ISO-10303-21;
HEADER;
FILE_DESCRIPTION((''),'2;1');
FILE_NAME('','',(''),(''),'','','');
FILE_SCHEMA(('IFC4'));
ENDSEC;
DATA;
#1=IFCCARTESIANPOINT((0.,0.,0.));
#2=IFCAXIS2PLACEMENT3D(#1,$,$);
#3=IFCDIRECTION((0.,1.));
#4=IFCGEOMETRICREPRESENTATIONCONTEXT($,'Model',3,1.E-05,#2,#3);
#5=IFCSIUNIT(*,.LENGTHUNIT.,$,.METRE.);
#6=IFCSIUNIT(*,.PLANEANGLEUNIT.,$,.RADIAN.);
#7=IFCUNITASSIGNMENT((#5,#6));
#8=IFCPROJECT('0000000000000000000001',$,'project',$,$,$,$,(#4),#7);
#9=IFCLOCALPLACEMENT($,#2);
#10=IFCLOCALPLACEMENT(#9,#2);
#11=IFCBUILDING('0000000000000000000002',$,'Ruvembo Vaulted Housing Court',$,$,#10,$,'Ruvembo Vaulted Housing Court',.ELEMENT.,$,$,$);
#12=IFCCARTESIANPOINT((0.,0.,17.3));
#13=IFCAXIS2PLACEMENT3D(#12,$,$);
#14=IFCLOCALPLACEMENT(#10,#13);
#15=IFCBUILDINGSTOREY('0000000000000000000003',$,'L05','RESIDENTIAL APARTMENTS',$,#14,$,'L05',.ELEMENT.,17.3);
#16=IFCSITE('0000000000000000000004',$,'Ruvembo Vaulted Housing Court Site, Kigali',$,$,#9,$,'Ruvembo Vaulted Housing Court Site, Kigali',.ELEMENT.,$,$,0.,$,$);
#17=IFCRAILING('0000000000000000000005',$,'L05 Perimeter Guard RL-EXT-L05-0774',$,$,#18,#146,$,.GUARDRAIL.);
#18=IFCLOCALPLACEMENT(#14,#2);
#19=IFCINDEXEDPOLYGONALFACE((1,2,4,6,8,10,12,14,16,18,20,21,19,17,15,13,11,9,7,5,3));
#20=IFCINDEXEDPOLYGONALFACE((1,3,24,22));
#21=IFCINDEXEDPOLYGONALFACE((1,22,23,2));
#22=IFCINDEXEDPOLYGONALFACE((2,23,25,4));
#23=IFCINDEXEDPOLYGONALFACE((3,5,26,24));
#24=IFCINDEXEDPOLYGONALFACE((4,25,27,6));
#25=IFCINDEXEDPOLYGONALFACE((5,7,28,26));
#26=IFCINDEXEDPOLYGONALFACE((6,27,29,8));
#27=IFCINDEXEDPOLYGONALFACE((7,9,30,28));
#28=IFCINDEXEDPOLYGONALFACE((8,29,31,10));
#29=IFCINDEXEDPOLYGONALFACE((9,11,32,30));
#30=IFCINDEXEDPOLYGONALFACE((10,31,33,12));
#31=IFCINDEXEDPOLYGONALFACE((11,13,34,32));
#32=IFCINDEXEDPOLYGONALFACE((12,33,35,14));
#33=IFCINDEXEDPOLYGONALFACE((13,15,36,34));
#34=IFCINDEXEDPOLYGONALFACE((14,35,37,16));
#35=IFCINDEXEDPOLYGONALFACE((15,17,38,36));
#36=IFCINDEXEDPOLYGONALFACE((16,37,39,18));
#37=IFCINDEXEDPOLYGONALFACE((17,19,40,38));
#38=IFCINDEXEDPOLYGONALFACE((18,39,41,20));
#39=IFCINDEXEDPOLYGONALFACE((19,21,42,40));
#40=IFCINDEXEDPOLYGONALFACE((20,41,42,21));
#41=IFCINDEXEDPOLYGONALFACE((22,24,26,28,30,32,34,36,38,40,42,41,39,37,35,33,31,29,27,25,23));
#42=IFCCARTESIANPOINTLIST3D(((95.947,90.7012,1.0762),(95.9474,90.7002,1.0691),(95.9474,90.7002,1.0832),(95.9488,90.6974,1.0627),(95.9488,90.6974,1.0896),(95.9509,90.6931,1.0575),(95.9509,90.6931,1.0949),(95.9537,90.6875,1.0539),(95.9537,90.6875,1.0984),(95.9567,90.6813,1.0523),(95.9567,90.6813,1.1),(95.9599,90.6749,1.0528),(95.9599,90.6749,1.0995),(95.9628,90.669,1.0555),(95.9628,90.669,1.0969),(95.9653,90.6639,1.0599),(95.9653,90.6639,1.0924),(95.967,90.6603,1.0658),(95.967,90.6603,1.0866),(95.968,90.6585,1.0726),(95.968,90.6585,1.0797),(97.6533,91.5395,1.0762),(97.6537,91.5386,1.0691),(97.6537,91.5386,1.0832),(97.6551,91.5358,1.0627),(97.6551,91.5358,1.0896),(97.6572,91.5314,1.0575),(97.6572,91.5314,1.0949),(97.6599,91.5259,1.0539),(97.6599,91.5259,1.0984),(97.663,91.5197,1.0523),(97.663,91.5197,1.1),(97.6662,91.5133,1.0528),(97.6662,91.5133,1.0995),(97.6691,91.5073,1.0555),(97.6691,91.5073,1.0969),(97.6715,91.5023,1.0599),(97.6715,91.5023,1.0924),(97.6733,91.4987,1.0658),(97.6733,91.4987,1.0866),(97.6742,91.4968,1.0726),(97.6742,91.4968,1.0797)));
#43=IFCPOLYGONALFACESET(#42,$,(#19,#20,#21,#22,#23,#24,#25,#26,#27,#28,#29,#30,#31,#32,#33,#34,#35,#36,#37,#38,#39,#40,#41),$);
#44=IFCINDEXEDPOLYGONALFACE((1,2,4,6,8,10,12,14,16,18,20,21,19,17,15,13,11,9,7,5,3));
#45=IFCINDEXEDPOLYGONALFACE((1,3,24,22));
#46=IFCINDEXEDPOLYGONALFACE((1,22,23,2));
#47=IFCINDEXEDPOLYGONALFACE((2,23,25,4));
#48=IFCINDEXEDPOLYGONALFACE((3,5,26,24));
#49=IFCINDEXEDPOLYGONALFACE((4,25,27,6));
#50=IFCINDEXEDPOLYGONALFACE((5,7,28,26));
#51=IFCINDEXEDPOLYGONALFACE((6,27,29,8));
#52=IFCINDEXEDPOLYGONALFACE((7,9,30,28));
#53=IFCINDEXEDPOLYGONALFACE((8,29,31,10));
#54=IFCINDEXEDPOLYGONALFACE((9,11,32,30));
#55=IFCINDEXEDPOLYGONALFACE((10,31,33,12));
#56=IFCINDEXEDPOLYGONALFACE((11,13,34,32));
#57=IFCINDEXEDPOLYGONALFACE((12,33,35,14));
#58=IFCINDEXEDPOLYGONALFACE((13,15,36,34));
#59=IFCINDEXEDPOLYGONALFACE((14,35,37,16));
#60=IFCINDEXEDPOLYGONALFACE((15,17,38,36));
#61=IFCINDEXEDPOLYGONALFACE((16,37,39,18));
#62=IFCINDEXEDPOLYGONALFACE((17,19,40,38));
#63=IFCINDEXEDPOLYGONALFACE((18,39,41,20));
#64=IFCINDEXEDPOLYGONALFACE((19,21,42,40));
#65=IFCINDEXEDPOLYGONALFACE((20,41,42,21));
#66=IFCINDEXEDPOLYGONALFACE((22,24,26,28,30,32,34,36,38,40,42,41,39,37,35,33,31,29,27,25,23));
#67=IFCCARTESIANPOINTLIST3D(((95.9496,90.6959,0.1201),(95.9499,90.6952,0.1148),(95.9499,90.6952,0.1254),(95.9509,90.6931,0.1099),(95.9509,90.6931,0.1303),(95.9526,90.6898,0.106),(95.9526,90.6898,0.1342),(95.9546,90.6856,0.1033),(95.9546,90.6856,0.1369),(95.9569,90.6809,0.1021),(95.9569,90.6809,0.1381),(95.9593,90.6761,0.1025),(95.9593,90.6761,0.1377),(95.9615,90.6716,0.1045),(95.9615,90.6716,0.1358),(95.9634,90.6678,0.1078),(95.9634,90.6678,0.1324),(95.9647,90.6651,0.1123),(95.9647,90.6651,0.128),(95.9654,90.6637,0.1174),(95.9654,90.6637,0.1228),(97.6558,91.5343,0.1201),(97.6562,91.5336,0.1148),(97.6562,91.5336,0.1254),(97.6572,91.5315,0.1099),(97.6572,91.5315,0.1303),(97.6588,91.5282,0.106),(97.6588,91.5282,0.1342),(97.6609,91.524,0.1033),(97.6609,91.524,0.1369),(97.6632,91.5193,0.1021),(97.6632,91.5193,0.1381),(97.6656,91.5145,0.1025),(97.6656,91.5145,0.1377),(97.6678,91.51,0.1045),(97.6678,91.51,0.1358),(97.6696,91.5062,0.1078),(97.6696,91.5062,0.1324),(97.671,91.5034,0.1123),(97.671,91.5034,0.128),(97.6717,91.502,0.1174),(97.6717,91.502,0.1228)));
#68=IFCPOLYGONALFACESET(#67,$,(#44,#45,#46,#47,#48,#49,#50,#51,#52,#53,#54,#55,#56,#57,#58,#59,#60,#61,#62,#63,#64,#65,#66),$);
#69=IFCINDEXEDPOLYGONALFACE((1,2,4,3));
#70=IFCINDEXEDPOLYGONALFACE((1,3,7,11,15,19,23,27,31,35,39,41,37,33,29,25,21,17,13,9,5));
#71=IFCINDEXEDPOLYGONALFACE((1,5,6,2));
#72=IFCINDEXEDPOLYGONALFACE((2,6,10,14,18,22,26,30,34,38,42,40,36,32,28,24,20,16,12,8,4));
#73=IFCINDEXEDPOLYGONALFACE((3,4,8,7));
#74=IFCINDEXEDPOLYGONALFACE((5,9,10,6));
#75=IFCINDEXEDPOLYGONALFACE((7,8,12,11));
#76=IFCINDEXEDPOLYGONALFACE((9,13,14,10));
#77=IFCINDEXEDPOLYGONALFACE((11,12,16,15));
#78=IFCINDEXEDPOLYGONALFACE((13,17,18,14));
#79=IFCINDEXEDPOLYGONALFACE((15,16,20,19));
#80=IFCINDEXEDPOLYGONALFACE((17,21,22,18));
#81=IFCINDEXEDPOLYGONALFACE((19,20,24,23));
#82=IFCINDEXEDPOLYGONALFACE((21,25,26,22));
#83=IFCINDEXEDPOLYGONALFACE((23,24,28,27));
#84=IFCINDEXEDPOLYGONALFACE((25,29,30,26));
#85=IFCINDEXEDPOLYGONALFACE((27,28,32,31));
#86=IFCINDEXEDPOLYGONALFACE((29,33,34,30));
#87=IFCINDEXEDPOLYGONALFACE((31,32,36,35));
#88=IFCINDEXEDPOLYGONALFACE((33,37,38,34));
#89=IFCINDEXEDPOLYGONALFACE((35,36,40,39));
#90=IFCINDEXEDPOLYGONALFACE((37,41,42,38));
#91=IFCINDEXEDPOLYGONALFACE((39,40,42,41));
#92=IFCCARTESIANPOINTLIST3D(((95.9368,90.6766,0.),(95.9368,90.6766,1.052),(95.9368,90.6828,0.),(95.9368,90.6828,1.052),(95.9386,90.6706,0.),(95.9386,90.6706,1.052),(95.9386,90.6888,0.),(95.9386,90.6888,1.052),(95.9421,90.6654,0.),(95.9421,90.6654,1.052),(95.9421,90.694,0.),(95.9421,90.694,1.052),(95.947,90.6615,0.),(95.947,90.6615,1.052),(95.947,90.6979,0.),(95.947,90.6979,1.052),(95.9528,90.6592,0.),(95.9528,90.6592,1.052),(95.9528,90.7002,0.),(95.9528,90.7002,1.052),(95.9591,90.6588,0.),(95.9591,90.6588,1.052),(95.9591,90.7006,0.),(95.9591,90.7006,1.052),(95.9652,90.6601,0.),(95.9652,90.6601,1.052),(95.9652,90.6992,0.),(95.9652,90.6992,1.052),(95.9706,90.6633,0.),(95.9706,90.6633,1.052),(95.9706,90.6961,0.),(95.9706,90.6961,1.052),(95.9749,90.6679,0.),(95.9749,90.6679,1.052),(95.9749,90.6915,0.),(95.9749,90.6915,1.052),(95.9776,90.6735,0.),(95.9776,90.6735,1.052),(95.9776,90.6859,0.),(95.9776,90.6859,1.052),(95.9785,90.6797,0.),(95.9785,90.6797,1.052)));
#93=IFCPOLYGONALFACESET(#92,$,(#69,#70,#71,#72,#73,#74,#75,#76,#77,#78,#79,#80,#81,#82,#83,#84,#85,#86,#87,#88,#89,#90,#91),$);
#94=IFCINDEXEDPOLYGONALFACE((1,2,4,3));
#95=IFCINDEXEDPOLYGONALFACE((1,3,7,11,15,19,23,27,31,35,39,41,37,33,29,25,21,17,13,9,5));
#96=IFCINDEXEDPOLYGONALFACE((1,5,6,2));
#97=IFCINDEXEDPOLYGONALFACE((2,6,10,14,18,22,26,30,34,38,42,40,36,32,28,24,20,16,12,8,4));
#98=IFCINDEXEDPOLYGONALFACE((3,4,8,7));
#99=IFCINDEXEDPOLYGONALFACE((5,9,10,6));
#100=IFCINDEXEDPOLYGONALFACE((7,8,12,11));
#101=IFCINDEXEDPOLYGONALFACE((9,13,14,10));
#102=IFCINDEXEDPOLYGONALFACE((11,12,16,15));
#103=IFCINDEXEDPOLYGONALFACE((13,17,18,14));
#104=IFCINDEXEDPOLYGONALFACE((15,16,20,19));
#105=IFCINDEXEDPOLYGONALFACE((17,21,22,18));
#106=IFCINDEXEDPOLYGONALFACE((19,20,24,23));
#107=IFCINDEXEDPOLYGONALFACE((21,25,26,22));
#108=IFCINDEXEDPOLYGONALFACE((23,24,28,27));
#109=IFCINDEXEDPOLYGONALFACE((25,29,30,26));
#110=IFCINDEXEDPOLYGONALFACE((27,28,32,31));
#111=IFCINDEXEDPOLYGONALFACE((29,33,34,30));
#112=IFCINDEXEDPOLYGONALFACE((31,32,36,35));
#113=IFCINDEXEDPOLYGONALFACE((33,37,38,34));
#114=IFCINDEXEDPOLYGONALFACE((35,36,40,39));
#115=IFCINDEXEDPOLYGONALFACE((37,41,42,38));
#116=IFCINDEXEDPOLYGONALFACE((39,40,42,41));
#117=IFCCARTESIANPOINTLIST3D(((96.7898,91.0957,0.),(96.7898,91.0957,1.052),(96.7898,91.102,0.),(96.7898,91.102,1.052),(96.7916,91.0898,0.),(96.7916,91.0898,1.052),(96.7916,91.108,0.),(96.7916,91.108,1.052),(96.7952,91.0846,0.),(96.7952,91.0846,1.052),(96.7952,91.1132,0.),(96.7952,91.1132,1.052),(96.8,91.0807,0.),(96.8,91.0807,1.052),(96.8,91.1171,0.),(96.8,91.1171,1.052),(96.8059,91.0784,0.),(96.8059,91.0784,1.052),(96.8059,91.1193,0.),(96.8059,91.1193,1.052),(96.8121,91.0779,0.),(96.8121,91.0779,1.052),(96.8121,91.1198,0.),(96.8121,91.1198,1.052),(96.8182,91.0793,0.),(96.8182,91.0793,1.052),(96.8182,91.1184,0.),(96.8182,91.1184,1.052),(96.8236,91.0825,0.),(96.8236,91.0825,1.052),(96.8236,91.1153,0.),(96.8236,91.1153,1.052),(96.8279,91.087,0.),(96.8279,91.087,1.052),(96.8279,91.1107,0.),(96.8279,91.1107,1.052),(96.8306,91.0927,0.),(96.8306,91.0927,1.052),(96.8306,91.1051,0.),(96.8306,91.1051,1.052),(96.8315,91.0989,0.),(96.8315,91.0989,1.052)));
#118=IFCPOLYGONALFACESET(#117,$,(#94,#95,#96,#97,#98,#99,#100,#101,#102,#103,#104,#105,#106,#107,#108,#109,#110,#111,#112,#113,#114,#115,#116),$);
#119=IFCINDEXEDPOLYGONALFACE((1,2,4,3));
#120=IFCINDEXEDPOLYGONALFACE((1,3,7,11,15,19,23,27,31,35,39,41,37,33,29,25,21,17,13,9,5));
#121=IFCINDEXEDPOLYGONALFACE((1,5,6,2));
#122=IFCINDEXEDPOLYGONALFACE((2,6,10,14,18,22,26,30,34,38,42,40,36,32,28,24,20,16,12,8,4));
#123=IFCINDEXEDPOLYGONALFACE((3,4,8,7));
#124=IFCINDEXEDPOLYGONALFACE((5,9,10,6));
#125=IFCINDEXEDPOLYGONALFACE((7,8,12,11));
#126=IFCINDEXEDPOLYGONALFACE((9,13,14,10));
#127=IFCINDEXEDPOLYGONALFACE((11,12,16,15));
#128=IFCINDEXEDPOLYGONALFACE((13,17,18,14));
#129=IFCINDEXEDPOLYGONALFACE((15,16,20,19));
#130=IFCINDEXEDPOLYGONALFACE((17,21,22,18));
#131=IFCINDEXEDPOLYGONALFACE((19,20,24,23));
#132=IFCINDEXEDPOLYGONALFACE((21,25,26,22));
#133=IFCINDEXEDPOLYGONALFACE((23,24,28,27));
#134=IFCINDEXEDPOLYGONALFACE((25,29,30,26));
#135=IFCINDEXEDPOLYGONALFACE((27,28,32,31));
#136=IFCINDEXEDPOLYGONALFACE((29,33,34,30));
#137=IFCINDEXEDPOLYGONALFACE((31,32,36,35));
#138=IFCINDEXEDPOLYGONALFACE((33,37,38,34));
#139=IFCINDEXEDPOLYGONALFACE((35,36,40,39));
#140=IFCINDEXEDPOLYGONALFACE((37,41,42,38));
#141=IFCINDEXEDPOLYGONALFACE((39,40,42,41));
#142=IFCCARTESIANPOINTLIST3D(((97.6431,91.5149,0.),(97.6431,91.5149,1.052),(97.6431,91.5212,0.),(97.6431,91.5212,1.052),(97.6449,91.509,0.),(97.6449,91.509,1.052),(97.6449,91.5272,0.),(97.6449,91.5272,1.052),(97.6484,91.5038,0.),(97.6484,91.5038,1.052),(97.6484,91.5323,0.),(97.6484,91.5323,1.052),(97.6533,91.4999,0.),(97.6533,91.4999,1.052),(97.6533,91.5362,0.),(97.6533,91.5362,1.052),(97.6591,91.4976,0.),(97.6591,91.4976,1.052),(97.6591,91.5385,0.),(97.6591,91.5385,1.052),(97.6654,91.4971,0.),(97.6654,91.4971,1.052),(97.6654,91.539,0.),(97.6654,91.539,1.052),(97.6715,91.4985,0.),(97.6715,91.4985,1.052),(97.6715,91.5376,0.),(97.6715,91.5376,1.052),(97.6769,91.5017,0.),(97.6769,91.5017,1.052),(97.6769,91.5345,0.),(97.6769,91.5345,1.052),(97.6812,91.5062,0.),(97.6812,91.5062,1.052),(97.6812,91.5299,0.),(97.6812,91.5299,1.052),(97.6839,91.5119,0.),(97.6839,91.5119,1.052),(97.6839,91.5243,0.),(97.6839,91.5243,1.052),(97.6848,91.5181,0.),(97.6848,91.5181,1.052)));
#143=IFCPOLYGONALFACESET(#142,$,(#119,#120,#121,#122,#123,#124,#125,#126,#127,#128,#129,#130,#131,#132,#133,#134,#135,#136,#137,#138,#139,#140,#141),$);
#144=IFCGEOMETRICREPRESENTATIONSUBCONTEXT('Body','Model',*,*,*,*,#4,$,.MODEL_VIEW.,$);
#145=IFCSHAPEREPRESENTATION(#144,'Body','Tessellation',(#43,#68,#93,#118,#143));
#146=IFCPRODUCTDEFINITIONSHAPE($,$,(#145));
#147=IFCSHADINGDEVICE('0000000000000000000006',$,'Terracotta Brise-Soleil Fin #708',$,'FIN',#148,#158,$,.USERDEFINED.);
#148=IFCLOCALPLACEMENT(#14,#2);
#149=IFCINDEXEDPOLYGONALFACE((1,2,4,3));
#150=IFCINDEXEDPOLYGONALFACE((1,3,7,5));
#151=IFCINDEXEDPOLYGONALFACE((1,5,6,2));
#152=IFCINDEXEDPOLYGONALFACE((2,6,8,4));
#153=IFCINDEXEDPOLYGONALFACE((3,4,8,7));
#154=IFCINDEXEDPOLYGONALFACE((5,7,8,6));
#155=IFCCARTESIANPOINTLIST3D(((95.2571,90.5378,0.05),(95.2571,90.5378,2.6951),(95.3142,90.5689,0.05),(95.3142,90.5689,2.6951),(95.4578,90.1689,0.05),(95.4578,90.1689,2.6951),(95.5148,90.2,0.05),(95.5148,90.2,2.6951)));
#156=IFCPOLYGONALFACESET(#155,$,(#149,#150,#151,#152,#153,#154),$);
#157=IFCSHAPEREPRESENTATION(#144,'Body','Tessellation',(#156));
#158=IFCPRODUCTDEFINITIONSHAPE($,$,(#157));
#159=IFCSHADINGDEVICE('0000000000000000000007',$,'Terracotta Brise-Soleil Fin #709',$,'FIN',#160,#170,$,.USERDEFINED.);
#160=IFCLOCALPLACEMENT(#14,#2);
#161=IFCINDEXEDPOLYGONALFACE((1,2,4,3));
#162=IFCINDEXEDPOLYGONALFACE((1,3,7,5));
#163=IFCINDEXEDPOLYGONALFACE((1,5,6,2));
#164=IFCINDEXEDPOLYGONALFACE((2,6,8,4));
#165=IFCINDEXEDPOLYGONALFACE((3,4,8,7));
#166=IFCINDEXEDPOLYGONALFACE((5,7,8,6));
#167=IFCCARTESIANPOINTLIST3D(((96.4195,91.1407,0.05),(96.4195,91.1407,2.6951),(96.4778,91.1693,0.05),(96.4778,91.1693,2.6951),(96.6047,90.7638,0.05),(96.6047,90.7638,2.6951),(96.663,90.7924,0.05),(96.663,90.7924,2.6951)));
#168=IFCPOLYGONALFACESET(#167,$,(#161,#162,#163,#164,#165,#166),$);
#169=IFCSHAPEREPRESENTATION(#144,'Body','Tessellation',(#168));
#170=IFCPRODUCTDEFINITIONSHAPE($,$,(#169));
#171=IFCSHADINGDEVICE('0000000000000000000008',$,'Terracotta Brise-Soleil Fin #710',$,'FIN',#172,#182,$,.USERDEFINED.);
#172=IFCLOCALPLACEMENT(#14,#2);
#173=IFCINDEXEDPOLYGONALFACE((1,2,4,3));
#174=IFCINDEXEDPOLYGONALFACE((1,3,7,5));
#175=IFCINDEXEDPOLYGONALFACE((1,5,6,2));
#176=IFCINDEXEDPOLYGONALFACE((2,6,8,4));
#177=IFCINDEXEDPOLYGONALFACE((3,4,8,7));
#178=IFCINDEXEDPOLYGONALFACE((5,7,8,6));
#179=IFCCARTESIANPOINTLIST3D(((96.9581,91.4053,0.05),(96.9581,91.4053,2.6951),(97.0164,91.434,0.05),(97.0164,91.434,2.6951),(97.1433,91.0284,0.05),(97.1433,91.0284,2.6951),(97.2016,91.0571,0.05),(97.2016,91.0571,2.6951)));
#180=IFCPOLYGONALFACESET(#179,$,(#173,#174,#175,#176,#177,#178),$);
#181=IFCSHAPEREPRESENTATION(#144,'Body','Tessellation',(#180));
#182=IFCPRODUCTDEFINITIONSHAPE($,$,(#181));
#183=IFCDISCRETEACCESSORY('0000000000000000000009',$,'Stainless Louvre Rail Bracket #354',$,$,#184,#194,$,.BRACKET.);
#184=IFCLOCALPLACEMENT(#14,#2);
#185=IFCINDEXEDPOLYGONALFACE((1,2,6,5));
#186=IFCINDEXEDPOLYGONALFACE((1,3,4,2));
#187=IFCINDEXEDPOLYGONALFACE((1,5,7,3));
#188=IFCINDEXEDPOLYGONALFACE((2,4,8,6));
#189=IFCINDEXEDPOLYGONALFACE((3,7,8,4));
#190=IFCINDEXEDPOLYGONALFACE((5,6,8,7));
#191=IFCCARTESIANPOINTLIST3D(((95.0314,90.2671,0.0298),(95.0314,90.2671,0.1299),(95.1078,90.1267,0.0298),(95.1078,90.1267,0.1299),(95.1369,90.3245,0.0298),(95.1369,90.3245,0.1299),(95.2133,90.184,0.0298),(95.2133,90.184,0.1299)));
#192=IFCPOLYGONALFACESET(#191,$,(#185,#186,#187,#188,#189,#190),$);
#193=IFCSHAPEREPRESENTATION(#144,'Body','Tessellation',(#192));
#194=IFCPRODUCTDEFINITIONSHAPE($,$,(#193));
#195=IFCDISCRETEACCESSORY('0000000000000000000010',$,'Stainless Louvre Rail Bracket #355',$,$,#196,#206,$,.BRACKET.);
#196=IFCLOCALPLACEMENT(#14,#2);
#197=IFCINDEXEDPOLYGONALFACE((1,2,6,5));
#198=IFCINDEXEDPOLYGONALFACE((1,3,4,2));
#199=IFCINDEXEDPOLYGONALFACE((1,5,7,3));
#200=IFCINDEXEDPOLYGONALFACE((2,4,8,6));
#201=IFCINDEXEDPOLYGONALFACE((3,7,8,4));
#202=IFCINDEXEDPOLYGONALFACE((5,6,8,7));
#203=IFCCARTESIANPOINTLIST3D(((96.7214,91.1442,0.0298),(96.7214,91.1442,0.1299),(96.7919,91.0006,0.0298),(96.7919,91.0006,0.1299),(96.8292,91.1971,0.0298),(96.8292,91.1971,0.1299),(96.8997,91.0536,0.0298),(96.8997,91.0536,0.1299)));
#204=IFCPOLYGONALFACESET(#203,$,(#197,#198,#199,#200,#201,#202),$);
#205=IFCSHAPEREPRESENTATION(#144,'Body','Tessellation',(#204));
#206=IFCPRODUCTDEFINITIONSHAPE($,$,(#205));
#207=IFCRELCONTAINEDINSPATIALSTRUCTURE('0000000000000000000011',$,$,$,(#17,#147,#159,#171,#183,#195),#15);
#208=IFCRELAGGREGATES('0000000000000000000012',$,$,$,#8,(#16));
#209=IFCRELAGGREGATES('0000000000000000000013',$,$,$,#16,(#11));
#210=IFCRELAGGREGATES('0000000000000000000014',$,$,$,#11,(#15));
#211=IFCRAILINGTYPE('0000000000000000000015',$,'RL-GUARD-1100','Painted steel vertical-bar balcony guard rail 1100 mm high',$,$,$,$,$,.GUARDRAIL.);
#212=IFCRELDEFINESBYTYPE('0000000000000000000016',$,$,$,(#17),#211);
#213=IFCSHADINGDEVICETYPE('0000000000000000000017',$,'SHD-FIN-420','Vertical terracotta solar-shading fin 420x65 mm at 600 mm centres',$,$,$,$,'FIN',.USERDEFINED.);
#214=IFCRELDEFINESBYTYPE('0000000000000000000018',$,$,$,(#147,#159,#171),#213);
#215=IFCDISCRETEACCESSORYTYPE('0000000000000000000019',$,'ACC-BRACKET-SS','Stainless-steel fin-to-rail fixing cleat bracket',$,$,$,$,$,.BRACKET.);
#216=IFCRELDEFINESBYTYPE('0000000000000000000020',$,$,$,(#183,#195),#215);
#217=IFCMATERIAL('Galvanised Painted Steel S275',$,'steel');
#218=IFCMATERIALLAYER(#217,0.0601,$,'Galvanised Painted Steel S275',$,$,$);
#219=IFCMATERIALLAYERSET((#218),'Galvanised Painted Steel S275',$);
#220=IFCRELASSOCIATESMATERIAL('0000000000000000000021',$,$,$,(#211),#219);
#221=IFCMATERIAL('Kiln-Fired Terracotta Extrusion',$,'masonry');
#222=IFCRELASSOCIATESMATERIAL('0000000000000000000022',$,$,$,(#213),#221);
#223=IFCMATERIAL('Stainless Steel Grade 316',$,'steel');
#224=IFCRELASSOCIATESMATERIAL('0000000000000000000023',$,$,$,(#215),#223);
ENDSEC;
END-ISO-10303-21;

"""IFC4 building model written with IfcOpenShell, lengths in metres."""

from ifc_helpers import new_model, si_unit, direction, frame, origin, origin_2d, place, context, subcontext, project, spatial, rectangle, circle, extrude, material, layer, layer_set, type_object, element, save


model = new_model("IFC4")

# Units and contexts
model_context = context("Model", 3, precision=1e-05, world=origin(), true_north=direction((0.0, 1.0)))
body_context = subcontext(model_context, "Body", "Model", "MODEL_VIEW")
ifc_project = project(units=[si_unit("LENGTHUNIT", "METRE"), si_unit("PLANEANGLEUNIT", "RADIAN")], contexts=[model_context])

# Site, building, storey
site_placement = place(None, origin())
site = spatial("IfcSite", under=ifc_project, at=site_placement, Name="Ruvembo Vaulted Housing Court Site, Kigali", LongName="Ruvembo Vaulted Housing Court Site, Kigali", CompositionType="ELEMENT", RefElevation=0.0)
building_placement = place(site_placement, origin())
building = spatial("IfcBuilding", under=site, at=building_placement, Name="Ruvembo Vaulted Housing Court", LongName="Ruvembo Vaulted Housing Court", CompositionType="ELEMENT")
storey_placement = place(building_placement, frame((0.0, 0.0, 17.3)))
storey = spatial("IfcBuildingStorey", under=building, at=storey_placement, Name="L05", Description="RESIDENTIAL APARTMENTS", LongName="L05", CompositionType="ELEMENT", Elevation=17.3)

# Railing
ifc_material_1 = material(Name="Galvanised Painted Steel S275", Category="steel")
ifc_layer_1 = layer(ifc_material_1, 0.0601, Name="Galvanised Painted Steel S275")
ifc_layer_set_1 = layer_set([ifc_layer_1], Name="Galvanised Painted Steel S275")
railing_type = type_object("IfcRailingType", Name="RL-GUARD-1100", Description="Painted steel vertical-bar balcony guard rail 1100 mm high", PredefinedType="GUARDRAIL", material=ifc_layer_set_1)
railing_placement = place(storey_placement, frame((95.9575, 90.6797, 0.0)))
element("IfcRailing", 1, at=railing_placement, inside=storey, type_object=railing_type, Name="L05 Perimeter Guard RL-EXT-L05-0774", PredefinedType="GUARDRAIL", context=body_context, shape_type="SweptSolid", body=[
    extrude(circle(Radius=0.0239, at=origin_2d()), frame((0.0, 0.0, 1.0762), z_axis=(0.897513, 0.440987, 0.0), x_axis=(-0.440987, 0.897513, 0.0)), (0.0, 0.0, 1.0), 1.9011),
    extrude(circle(Radius=0.0181, at=origin_2d()), frame((0.0, 0.0, 0.1201), z_axis=(0.897513, 0.440987, 0.0), x_axis=(-0.440987, 0.897513, 0.0)), (0.0, 0.0, 1.0), 1.9011),
    extrude(circle(Radius=0.021, at=origin_2d()), origin(), (0.0, 0.0, 1.0), 1.052),
    extrude(circle(Radius=0.021, at=origin_2d()), frame((0.853, 0.4192, 0.0)), (0.0, 0.0, 1.0), 1.052),
    extrude(circle(Radius=0.021, at=origin_2d()), frame((1.7063, 0.8384, 0.0)), (0.0, 0.0, 1.0), 1.052),
])

# Shading devices
ifc_material_2 = material(Name="Kiln-Fired Terracotta Extrusion", Category="masonry")
shading_device_type = type_object("IfcShadingDeviceType", Name="SHD-FIN-420", Description="Vertical terracotta solar-shading fin 420x65 mm at 600 mm centres", ElementType="FIN", PredefinedType="USERDEFINED", material=ifc_material_2)
for number, where, z_axis, x_axis, name in (
    (2, (95.386, 90.3689, 0.05), (0.0, 0.0, 1.0), (0.477788, -0.878475, 0.0), "Terracotta Brise-Soleil Fin #708"),
    (3, (96.5413, 90.9666, 0.05), (0.0, 0.0, 1.0), (0.440911, -0.897551, 0.0), "Terracotta Brise-Soleil Fin #709"),
    (4, (97.0798, 91.2312, 0.05), (0.0, 0.0, 1.0), (0.440911, -0.897551, 0.0), "Terracotta Brise-Soleil Fin #710"),
):
    element("IfcShadingDevice", number, at=place(storey_placement, frame(where, z_axis=z_axis, x_axis=x_axis)), inside=storey, type_object=shading_device_type, Name=name, ObjectType="FIN", PredefinedType="USERDEFINED", context=body_context, shape_type="SweptSolid", body=[
        extrude(rectangle(XDim=0.4199, YDim=0.0649, at=origin_2d()), origin(), (0.0, 0.0, 1.0), 2.645),
    ])

# Discrete accessories
ifc_material_3 = material(Name="Stainless Steel Grade 316", Category="steel")
discrete_accessory_type = type_object("IfcDiscreteAccessoryType", Name="ACC-BRACKET-SS", Description="Stainless-steel fin-to-rail fixing cleat bracket", PredefinedType="BRACKET", material=ifc_material_3)
for number, where, z_axis, x_axis, name in (
    (5, (95.1223, 90.2256, 0.0298), (0.0, 0.0, 1.0), (0.477788, -0.878475, 0.0), "Stainless Louvre Rail Bracket #354"),
    (6, (96.8105, 91.0989, 0.0298), (0.0, 0.0, 1.0), (0.440911, -0.897551, 0.0), "Stainless Louvre Rail Bracket #355"),
):
    element("IfcDiscreteAccessory", number, at=place(storey_placement, frame(where, z_axis=z_axis, x_axis=x_axis)), inside=storey, type_object=discrete_accessory_type, Name=name, PredefinedType="BRACKET", context=body_context, shape_type="SweptSolid", body=[
        extrude(rectangle(XDim=0.1599, YDim=0.1201, at=origin_2d()), origin(), (0.0, 0.0, 1.0), 0.1001),
    ])

save(model, "model.ifc")
